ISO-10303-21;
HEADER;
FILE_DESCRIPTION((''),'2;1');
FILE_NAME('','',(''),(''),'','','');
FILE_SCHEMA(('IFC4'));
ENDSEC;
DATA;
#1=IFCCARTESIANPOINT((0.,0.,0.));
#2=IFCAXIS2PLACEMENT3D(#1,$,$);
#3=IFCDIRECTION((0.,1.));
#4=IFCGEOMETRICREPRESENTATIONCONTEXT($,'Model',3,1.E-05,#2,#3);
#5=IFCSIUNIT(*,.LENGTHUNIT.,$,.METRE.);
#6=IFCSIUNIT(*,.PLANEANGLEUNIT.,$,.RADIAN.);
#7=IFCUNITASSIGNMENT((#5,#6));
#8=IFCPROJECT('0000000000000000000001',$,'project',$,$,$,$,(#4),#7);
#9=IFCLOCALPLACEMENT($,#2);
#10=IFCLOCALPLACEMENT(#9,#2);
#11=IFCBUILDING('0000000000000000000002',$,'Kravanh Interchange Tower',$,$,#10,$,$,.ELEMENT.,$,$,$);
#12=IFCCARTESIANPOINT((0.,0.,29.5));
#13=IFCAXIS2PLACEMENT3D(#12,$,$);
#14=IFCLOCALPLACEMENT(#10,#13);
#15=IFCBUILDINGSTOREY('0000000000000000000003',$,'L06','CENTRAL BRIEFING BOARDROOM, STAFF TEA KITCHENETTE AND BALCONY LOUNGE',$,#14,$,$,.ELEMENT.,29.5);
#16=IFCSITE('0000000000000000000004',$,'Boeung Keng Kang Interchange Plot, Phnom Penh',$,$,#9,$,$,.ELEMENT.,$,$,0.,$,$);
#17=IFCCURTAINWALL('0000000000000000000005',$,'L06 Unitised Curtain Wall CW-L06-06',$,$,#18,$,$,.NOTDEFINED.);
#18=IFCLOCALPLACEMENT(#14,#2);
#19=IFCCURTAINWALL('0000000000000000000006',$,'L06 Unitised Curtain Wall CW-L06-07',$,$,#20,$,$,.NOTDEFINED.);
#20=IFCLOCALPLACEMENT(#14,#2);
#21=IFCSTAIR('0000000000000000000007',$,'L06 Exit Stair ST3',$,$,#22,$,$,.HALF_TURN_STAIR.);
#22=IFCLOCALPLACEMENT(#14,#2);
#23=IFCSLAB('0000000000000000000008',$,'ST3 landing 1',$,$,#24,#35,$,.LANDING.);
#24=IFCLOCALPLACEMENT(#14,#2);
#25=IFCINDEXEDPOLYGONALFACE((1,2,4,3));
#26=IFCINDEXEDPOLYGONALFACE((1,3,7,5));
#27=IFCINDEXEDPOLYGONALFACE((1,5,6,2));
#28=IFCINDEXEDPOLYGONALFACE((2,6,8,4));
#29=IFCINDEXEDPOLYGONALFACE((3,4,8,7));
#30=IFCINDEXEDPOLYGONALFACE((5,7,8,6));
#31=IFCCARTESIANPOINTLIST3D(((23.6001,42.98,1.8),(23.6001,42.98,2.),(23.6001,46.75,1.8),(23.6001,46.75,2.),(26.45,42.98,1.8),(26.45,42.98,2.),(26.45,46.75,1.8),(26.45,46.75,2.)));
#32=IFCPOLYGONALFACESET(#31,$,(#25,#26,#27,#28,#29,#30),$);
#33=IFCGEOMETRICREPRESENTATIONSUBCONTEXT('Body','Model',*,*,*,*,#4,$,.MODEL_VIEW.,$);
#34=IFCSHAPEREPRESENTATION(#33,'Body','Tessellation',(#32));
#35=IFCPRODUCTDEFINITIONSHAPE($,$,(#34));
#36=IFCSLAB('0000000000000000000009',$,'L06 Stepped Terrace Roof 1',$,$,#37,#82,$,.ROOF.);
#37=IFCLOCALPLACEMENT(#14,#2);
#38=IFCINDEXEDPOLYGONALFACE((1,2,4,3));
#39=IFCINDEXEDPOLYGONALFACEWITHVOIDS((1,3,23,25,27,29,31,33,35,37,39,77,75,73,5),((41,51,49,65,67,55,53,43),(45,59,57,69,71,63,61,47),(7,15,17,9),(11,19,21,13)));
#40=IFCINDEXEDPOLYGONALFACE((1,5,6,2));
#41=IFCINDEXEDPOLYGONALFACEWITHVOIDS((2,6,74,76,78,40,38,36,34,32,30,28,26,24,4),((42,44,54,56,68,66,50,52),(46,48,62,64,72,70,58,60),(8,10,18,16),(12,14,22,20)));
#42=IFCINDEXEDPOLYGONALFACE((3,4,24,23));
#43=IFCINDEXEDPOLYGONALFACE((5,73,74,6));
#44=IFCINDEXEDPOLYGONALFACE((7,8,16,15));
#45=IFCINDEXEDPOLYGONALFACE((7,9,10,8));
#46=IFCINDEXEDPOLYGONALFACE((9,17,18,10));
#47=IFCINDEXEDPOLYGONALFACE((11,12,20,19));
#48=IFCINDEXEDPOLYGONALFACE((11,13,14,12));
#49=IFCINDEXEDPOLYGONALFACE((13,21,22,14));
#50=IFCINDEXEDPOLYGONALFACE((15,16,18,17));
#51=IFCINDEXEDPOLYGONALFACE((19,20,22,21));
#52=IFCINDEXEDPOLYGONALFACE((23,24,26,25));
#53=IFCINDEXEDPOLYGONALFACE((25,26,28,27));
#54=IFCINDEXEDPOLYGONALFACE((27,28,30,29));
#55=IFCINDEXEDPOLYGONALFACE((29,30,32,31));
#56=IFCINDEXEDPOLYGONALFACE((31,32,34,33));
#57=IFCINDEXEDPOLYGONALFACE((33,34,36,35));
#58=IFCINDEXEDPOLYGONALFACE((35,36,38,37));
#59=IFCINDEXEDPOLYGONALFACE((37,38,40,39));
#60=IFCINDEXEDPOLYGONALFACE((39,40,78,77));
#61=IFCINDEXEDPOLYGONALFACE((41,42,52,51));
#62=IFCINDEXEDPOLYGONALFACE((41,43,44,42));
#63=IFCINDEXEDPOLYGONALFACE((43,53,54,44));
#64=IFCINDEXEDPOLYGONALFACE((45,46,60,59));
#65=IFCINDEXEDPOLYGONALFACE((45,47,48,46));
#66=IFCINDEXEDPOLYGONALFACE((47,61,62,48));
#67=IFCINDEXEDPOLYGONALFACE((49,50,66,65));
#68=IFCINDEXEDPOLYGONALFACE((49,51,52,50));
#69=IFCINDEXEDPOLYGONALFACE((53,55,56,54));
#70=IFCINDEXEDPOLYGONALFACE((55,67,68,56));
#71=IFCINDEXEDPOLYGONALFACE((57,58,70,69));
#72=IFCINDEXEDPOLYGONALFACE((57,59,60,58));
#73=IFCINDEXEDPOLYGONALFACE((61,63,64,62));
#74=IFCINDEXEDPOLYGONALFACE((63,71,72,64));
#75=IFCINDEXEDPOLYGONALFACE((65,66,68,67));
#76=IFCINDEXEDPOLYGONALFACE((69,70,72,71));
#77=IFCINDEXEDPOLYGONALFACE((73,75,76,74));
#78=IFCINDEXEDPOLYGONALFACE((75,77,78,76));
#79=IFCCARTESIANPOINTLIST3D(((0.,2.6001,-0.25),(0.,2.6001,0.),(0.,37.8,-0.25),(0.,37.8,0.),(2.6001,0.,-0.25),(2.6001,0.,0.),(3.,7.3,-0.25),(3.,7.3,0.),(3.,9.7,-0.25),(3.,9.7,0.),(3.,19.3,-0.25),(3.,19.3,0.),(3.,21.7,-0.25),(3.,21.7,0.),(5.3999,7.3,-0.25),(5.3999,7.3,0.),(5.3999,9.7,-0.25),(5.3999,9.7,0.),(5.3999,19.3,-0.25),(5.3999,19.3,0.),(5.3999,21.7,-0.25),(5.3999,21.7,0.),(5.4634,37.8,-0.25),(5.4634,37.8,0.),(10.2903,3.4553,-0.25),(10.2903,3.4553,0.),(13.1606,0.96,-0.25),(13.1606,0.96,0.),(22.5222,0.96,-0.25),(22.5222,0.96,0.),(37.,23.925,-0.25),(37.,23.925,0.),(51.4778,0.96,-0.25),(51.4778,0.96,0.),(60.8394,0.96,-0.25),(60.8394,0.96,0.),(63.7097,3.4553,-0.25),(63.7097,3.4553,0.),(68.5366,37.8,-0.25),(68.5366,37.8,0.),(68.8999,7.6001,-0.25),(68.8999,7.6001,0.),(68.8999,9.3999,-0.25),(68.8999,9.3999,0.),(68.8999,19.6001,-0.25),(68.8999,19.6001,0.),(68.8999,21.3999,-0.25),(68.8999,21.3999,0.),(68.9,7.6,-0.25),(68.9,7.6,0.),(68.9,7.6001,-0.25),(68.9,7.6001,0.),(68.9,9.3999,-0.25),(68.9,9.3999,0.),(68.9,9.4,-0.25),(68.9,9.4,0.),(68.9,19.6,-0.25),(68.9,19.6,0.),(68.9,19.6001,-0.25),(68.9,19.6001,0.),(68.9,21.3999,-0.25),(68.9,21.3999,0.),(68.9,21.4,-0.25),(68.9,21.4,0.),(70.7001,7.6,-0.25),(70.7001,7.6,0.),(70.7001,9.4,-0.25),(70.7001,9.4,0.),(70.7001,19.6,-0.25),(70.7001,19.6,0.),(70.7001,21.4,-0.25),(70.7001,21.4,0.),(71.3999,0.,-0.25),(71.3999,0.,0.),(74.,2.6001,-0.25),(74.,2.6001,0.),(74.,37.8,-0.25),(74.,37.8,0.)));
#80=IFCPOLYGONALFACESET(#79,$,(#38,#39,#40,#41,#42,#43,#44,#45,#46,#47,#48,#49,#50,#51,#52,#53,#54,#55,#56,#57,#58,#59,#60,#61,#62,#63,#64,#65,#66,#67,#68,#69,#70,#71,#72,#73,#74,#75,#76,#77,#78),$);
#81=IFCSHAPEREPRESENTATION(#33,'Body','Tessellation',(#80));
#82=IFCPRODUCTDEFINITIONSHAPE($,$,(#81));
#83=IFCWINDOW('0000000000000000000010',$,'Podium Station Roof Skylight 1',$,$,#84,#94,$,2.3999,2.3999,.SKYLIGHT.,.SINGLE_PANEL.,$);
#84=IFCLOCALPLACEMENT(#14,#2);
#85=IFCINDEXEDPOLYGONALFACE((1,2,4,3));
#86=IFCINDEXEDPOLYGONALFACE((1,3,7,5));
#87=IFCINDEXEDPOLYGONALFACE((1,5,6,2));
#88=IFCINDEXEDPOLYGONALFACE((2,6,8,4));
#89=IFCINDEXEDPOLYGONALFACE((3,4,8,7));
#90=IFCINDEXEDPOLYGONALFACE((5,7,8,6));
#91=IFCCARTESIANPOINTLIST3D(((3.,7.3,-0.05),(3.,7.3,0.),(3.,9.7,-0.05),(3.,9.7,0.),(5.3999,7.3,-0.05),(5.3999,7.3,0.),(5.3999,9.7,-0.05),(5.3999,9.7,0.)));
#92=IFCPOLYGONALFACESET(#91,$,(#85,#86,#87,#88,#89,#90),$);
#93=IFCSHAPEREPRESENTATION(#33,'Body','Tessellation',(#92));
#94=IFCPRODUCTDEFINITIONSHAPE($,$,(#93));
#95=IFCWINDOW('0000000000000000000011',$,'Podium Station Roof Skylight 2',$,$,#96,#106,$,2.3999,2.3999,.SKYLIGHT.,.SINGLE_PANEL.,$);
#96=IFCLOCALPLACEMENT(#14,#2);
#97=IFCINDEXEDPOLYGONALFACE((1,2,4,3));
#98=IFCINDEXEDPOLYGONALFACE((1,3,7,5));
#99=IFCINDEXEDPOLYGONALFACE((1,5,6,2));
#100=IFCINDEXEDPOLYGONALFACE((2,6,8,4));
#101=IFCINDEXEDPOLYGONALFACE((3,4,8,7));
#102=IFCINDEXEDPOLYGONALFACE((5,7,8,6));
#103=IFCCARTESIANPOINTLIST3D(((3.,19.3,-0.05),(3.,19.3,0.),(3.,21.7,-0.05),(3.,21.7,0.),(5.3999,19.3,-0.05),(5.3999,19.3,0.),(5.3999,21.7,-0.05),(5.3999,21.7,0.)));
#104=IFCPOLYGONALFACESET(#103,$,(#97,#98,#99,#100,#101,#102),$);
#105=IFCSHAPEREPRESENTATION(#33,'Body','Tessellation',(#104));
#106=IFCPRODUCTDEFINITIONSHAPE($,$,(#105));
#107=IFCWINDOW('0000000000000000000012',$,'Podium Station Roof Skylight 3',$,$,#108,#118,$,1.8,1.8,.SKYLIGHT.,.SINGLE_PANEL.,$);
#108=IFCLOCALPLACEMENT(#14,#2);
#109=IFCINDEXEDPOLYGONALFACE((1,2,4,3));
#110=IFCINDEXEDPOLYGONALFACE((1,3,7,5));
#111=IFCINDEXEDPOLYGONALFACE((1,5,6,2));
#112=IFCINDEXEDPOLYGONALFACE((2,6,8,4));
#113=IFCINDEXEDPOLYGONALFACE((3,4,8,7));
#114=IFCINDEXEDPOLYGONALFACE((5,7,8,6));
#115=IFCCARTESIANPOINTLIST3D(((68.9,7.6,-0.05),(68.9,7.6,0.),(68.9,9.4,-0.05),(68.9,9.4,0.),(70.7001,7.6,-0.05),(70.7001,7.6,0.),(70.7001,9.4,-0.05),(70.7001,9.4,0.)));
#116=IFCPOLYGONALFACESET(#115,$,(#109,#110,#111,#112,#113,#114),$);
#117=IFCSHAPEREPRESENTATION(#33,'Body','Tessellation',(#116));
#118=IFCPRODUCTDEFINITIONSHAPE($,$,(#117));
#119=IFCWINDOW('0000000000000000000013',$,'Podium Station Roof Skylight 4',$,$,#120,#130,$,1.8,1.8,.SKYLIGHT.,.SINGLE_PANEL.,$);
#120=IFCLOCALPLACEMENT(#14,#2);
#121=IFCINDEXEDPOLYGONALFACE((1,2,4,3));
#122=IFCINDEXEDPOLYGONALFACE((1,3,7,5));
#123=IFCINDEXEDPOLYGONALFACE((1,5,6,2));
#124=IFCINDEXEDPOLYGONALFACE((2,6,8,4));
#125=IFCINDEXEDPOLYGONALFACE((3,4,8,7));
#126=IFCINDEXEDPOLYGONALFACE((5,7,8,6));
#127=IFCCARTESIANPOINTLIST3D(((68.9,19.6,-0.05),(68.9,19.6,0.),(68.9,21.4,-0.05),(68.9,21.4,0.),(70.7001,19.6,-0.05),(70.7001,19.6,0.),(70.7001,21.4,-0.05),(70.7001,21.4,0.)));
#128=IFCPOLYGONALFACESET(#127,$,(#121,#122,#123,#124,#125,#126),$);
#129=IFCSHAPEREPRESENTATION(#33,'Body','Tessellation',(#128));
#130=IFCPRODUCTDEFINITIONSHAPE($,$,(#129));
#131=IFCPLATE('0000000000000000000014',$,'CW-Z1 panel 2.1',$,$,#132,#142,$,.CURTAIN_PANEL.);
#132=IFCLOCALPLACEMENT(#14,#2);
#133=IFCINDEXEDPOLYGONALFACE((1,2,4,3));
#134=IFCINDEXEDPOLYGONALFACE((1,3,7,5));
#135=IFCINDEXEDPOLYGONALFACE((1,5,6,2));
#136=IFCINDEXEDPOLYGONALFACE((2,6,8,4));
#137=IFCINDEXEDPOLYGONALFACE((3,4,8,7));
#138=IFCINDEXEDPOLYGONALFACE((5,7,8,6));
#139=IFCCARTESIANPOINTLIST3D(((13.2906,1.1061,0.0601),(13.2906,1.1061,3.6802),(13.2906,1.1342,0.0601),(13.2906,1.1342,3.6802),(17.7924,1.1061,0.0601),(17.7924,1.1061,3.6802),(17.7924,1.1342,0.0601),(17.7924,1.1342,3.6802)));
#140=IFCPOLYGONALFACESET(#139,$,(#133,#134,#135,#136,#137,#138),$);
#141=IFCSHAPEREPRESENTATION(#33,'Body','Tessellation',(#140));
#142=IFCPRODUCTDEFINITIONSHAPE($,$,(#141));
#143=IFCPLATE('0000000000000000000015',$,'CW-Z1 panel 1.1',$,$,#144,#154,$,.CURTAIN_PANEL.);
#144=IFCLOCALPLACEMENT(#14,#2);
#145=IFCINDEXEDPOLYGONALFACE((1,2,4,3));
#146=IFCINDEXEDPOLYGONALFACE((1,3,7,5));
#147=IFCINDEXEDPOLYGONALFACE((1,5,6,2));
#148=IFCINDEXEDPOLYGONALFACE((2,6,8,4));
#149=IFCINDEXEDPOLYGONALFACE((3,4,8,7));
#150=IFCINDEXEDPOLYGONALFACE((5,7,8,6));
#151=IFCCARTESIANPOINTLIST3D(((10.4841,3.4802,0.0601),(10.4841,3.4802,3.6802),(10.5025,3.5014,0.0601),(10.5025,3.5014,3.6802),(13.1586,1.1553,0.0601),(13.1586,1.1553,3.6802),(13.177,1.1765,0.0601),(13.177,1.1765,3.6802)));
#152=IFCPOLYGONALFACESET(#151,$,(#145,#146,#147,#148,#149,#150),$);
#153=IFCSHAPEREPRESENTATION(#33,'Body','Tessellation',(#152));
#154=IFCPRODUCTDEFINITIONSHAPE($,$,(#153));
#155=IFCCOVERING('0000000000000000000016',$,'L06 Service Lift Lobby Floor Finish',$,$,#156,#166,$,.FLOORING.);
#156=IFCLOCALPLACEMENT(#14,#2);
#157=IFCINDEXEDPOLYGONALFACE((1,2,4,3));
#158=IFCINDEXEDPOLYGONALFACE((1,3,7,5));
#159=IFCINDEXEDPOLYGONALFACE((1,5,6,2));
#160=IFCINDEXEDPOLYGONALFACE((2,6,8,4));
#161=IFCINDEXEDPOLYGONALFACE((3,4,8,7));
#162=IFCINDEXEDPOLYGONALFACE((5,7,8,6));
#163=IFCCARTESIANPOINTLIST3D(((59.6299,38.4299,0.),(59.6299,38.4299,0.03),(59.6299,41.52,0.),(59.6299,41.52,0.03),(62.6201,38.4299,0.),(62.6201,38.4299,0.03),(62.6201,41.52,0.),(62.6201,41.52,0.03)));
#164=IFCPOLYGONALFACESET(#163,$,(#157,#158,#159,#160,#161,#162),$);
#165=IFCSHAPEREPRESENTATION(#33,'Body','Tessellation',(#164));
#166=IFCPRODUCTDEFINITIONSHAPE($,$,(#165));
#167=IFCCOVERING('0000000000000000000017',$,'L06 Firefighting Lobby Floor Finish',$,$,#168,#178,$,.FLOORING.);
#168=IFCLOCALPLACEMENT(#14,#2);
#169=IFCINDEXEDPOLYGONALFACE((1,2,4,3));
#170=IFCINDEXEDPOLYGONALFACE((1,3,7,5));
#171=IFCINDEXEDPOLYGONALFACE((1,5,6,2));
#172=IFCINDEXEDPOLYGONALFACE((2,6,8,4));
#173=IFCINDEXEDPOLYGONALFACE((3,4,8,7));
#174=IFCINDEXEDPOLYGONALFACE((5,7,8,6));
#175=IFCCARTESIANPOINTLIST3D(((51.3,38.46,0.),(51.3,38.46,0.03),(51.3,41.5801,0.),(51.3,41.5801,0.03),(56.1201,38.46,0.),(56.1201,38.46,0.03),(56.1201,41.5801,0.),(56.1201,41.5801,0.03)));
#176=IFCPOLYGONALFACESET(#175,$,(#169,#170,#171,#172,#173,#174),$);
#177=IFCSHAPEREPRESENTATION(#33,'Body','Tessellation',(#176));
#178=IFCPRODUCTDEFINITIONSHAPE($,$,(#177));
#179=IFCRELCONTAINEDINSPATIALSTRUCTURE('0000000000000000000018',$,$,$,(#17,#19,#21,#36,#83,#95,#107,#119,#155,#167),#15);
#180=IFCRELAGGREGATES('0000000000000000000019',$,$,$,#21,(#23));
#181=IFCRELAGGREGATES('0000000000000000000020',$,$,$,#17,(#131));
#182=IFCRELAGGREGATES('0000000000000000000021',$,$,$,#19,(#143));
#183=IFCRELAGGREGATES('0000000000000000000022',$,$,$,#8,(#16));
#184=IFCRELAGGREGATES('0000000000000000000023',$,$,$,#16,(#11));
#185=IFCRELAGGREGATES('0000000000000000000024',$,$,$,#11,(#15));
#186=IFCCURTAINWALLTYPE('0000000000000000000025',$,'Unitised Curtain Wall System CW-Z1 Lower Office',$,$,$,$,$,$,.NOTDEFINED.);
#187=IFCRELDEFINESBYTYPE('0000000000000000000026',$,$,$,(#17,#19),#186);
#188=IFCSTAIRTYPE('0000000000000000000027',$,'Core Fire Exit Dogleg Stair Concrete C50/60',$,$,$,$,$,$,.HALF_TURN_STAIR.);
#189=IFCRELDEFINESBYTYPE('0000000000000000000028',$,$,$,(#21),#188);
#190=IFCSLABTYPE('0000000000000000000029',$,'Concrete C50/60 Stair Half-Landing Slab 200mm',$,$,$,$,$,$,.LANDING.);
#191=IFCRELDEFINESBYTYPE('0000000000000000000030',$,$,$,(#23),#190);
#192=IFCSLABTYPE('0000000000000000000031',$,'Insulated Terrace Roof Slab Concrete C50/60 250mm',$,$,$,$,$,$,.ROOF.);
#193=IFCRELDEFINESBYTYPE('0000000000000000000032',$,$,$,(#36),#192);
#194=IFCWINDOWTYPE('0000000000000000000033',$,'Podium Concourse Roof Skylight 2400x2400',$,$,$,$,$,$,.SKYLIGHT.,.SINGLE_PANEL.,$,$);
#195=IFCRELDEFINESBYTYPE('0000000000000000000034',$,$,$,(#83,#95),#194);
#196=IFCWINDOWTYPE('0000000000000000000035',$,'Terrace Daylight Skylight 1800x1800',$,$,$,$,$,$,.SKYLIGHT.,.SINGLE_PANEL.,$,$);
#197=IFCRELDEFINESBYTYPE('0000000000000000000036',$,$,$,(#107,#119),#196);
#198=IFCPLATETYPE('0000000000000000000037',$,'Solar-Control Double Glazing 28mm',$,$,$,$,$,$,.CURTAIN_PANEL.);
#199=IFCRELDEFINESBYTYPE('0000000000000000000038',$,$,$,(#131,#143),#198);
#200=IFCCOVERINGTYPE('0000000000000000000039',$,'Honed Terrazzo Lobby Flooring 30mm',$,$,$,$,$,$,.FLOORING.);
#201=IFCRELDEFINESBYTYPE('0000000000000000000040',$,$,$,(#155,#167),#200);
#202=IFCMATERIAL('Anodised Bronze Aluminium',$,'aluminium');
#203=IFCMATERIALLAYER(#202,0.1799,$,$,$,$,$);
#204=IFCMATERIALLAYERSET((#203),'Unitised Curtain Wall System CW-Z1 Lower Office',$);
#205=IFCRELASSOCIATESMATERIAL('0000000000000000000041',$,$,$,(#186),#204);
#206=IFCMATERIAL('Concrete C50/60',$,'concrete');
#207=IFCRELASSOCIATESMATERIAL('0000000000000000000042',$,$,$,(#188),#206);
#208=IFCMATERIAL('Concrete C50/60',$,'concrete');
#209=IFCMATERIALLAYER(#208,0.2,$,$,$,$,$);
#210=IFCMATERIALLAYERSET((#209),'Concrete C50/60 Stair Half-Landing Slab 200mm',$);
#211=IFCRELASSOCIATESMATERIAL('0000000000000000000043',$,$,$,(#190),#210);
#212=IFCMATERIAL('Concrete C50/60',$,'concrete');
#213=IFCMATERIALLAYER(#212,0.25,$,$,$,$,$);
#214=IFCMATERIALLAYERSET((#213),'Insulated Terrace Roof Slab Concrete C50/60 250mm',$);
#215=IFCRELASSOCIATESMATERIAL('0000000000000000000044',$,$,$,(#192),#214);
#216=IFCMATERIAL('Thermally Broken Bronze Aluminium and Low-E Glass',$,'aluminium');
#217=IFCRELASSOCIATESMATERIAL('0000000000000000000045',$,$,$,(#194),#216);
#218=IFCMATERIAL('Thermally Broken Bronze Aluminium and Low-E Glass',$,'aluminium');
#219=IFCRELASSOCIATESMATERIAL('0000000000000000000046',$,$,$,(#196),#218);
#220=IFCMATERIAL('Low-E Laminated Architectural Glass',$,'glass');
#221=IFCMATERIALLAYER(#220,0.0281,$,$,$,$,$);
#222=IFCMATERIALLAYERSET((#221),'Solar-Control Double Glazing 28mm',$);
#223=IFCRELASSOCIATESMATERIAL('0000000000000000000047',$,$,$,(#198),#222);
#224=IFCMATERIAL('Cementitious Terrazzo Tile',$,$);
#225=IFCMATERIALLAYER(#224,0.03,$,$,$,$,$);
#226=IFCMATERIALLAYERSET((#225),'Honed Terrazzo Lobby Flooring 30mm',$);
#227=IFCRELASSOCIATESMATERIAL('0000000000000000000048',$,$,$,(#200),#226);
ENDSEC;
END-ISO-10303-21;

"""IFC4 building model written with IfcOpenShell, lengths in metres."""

from ifc_helpers import new_model, si_unit, direction, frame, origin, origin_2d, place, context, subcontext, project, spatial, polyline, rectangle, outline, extrude, material, layer, layer_set, type_object, element, fill, aggregate, save


model = new_model("IFC4")

# Units and contexts
model_context = context("Model", 3, precision=1e-05, world=origin(), true_north=direction((0.0, 1.0)))
body_context = subcontext(model_context, "Body", "Model", "MODEL_VIEW")
ifc_project = project(units=[si_unit("LENGTHUNIT", "METRE"), si_unit("PLANEANGLEUNIT", "RADIAN")], contexts=[model_context])

# Site, building, storey
site_placement = place(None, origin())
site = spatial("IfcSite", under=ifc_project, at=site_placement, Name="Boeung Keng Kang Interchange Plot, Phnom Penh", CompositionType="ELEMENT", RefElevation=0.0)
building_placement = place(site_placement, origin())
building = spatial("IfcBuilding", under=site, at=building_placement, Name="Kravanh Interchange Tower", CompositionType="ELEMENT")
storey_placement = place(building_placement, frame((0.0, 0.0, 29.5)))
storey = spatial("IfcBuildingStorey", under=building, at=storey_placement, Name="L06", Description="CENTRAL BRIEFING BOARDROOM, STAFF TEA KITCHENETTE AND BALCONY LOUNGE", CompositionType="ELEMENT", Elevation=29.5)

# Curtain wall
ifc_material_1 = material(Name="Anodised Bronze Aluminium", Category="aluminium")
ifc_layer_1 = layer(ifc_material_1, 0.1799)
ifc_layer_set_1 = layer_set([ifc_layer_1], Name="Unitised Curtain Wall System CW-Z1 Lower Office")
curtain_wall_type = type_object("IfcCurtainWallType", Name="Unitised Curtain Wall System CW-Z1 Lower Office", PredefinedType="NOTDEFINED", material=ifc_layer_set_1)
curtain_wall_1_placement = place(storey_placement, origin())
curtain_wall_1 = element("IfcCurtainWall", 1, at=curtain_wall_1_placement, inside=storey, type_object=curtain_wall_type, Name="L06 Unitised Curtain Wall CW-L06-06", PredefinedType="NOTDEFINED")

# Curtain wall
curtain_wall_2_placement = place(storey_placement, origin())
curtain_wall_2 = element("IfcCurtainWall", 2, at=curtain_wall_2_placement, inside=storey, type_object=curtain_wall_type, Name="L06 Unitised Curtain Wall CW-L06-07", PredefinedType="NOTDEFINED")

# Stair, slab
ifc_material_2 = material(Name="Concrete C50/60", Category="concrete")
stair_type = type_object("IfcStairType", Name="Core Fire Exit Dogleg Stair Concrete C50/60", PredefinedType="HALF_TURN_STAIR", material=ifc_material_2)
ifc_material_3 = material(Name="Concrete C50/60", Category="concrete")
ifc_layer_2 = layer(ifc_material_3, 0.2)
ifc_layer_set_2 = layer_set([ifc_layer_2], Name="Concrete C50/60 Stair Half-Landing Slab 200mm")
slab_type_1 = type_object("IfcSlabType", Name="Concrete C50/60 Stair Half-Landing Slab 200mm", PredefinedType="LANDING", material=ifc_layer_set_2)
stair_1_placement = place(storey_placement, origin())
stair_1 = element("IfcStair", 3, at=stair_1_placement, inside=storey, type_object=stair_type, Name="L06 Exit Stair ST3", PredefinedType="HALF_TURN_STAIR")
slab_1_placement = place(storey_placement, frame((0.0, 0.0, 1.8)))
slab_1 = element("IfcSlab", 4, at=slab_1_placement, type_object=slab_type_1, Name="ST3 landing 1", PredefinedType="LANDING", context=body_context, shape_type="SweptSolid", body=[
    extrude(outline(polyline([(26.45, 42.98), (26.45, 46.75), (23.6001, 46.75), (23.6001, 42.98), (26.45, 42.98)])), origin(), (0.0, 0.0, 1.0), 0.2),
])
aggregate(stair_1, [slab_1])

# Slab, openings, windows
ifc_material_4 = material(Name="Concrete C50/60", Category="concrete")
ifc_layer_3 = layer(ifc_material_4, 0.25)
ifc_layer_set_3 = layer_set([ifc_layer_3], Name="Insulated Terrace Roof Slab Concrete C50/60 250mm")
slab_type_2 = type_object("IfcSlabType", Name="Insulated Terrace Roof Slab Concrete C50/60 250mm", PredefinedType="ROOF", material=ifc_layer_set_3)
slab_2_placement = place(storey_placement, frame((0.0, 0.0, -0.25)))
slab_2 = element("IfcSlab", 5, at=slab_2_placement, inside=storey, type_object=slab_type_2, Name="L06 Stepped Terrace Roof 1", PredefinedType="ROOF", context=body_context, shape_type="SweptSolid", body=[
    extrude(outline(polyline([(74.0, 2.6001), (71.3999, 0.0), (2.6001, 0.0), (0.0, 2.6001), (0.0, 37.8), (5.4634, 37.8), (10.2903, 3.4553), (13.1606, 0.96), (22.5222, 0.96), (37.0, 23.925), (51.4778, 0.96), (60.8394, 0.96), (63.7097, 3.4553), (68.5366, 37.8), (74.0, 37.8), (74.0, 2.6001)]), holes=[polyline([(3.0, 7.3), (5.3999, 7.3), (5.3999, 9.7), (3.0, 9.7), (3.0, 7.3)]), polyline([(3.0, 19.3), (5.3999, 19.3), (5.3999, 21.7), (3.0, 21.7), (3.0, 19.3)]), polyline([(68.8999, 7.6001), (70.7, 7.6001), (70.7, 9.3999), (68.8999, 9.3999), (68.8999, 7.6001)]), polyline([(68.8999, 19.6001), (70.7, 19.6001), (70.7, 21.3999), (68.8999, 21.3999), (68.8999, 19.6001)])]), origin(), (0.0, 0.0, 1.0), 0.25),
])
opening_1_placement = place(slab_2_placement, frame((4.2, 8.5, 0.0)))
opening_1 = element("IfcOpeningElement", 6, at=opening_1_placement, cuts=slab_2, PredefinedType="OPENING", context=body_context, shape_type="SweptSolid", body=[
    extrude(rectangle(XDim=2.3999, YDim=2.3999, at=origin_2d()), origin(), (0.0, 0.0, 1.0), 0.25),
])
opening_2_placement = place(slab_2_placement, frame((4.2, 20.5, 0.0)))
opening_2 = element("IfcOpeningElement", 7, at=opening_2_placement, cuts=slab_2, PredefinedType="OPENING", context=body_context, shape_type="SweptSolid", body=[
    extrude(rectangle(XDim=2.3999, YDim=2.3999, at=origin_2d()), origin(), (0.0, 0.0, 1.0), 0.25),
])
opening_3_placement = place(slab_2_placement, frame((69.8, 8.5, 0.0)))
opening_3 = element("IfcOpeningElement", 8, at=opening_3_placement, cuts=slab_2, PredefinedType="OPENING", context=body_context, shape_type="SweptSolid", body=[
    extrude(rectangle(XDim=1.8, YDim=1.8, at=origin_2d()), origin(), (0.0, 0.0, 1.0), 0.25),
])
opening_4_placement = place(slab_2_placement, frame((69.8, 20.5, 0.0)))
opening_4 = element("IfcOpeningElement", 9, at=opening_4_placement, cuts=slab_2, PredefinedType="OPENING", context=body_context, shape_type="SweptSolid", body=[
    extrude(rectangle(XDim=1.8, YDim=1.8, at=origin_2d()), origin(), (0.0, 0.0, 1.0), 0.25),
])
ifc_material_5 = material(Name="Thermally Broken Bronze Aluminium and Low-E Glass", Category="aluminium")
window_type_1 = type_object("IfcWindowType", Name="Podium Concourse Roof Skylight 2400x2400", PartitioningType="SINGLE_PANEL", PredefinedType="SKYLIGHT", material=ifc_material_5)
window_1_placement = place(opening_1_placement, frame((0.0, 0.0, 0.2)))
window_1 = element("IfcWindow", 10, at=window_1_placement, inside=storey, type_object=window_type_1, Name="Podium Station Roof Skylight 1", OverallHeight=2.3999, OverallWidth=2.3999, PartitioningType="SINGLE_PANEL", PredefinedType="SKYLIGHT", context=body_context, shape_type="SweptSolid", body=[
    extrude(rectangle(XDim=2.3999, YDim=2.3999, at=origin_2d()), origin(), (0.0, 0.0, 1.0), 0.05),
])
fill(opening_1, window_1)
window_2_placement = place(opening_2_placement, frame((0.0, 0.0, 0.2)))
window_2 = element("IfcWindow", 11, at=window_2_placement, inside=storey, type_object=window_type_1, Name="Podium Station Roof Skylight 2", OverallHeight=2.3999, OverallWidth=2.3999, PartitioningType="SINGLE_PANEL", PredefinedType="SKYLIGHT", context=body_context, shape_type="SweptSolid", body=[
    extrude(rectangle(XDim=2.3999, YDim=2.3999, at=origin_2d()), origin(), (0.0, 0.0, 1.0), 0.05),
])
fill(opening_2, window_2)
ifc_material_6 = material(Name="Thermally Broken Bronze Aluminium and Low-E Glass", Category="aluminium")
window_type_2 = type_object("IfcWindowType", Name="Terrace Daylight Skylight 1800x1800", PartitioningType="SINGLE_PANEL", PredefinedType="SKYLIGHT", material=ifc_material_6)
window_3_placement = place(opening_3_placement, frame((0.0, 0.0, 0.2)))
window_3 = element("IfcWindow", 12, at=window_3_placement, inside=storey, type_object=window_type_2, Name="Podium Station Roof Skylight 3", OverallHeight=1.8, OverallWidth=1.8, PartitioningType="SINGLE_PANEL", PredefinedType="SKYLIGHT", context=body_context, shape_type="SweptSolid", body=[
    extrude(rectangle(XDim=1.8, YDim=1.8, at=origin_2d()), origin(), (0.0, 0.0, 1.0), 0.05),
])
fill(opening_3, window_3)
window_4_placement = place(opening_4_placement, frame((0.0, 0.0, 0.2)))
window_4 = element("IfcWindow", 13, at=window_4_placement, inside=storey, type_object=window_type_2, Name="Podium Station Roof Skylight 4", OverallHeight=1.8, OverallWidth=1.8, PartitioningType="SINGLE_PANEL", PredefinedType="SKYLIGHT", context=body_context, shape_type="SweptSolid", body=[
    extrude(rectangle(XDim=1.8, YDim=1.8, at=origin_2d()), origin(), (0.0, 0.0, 1.0), 0.05),
])
fill(opening_4, window_4)

# Plates
ifc_material_7 = material(Name="Low-E Laminated Architectural Glass", Category="glass")
ifc_layer_4 = layer(ifc_material_7, 0.0281)
ifc_layer_set_4 = layer_set([ifc_layer_4], Name="Solar-Control Double Glazing 28mm")
plate_type = type_object("IfcPlateType", Name="Solar-Control Double Glazing 28mm", PredefinedType="CURTAIN_PANEL", material=ifc_layer_set_4)
plate_1_placement = place(storey_placement, frame((15.5415, 1.1201, 0.0601), z_axis=(0.0, 0.0, 1.0), x_axis=(-1.0, 0.0, 0.0)))
plate_1 = element("IfcPlate", 14, at=plate_1_placement, type_object=plate_type, Name="CW-Z1 panel 2.1", PredefinedType="CURTAIN_PANEL", context=body_context, shape_type="SweptSolid", body=[
    extrude(rectangle(XDim=4.5017, YDim=0.0281, at=origin_2d()), origin(), (0.0, 0.0, 1.0), 3.6201),
])
aggregate(curtain_wall_1, [plate_1])
plate_2_placement = place(storey_placement, frame((11.8306, 2.3284, 0.0601), z_axis=(0.0, 0.0, 1.0), x_axis=(-0.754708, 0.65606, 0.0)))
plate_2 = element("IfcPlate", 15, at=plate_2_placement, type_object=plate_type, Name="CW-Z1 panel 1.1", PredefinedType="CURTAIN_PANEL", context=body_context, shape_type="SweptSolid", body=[
    extrude(rectangle(XDim=3.5437, YDim=0.0281, at=origin_2d()), origin(), (0.0, 0.0, 1.0), 3.6201),
])
aggregate(curtain_wall_2, [plate_2])

# Coverings
ifc_material_8 = material(Name="Cementitious Terrazzo Tile")
ifc_layer_5 = layer(ifc_material_8, 0.03)
ifc_layer_set_5 = layer_set([ifc_layer_5], Name="Honed Terrazzo Lobby Flooring 30mm")
covering_type_1 = type_object("IfcCoveringType", Name="Honed Terrazzo Lobby Flooring 30mm", PredefinedType="FLOORING", material=ifc_layer_set_5)
covering_1_placement = place(storey_placement, origin())
element("IfcCovering", 16, at=covering_1_placement, inside=storey, type_object=covering_type_1, Name="L06 Service Lift Lobby Floor Finish", PredefinedType="FLOORING", context=body_context, shape_type="SweptSolid", body=[
    extrude(outline(polyline([(59.6299, 41.52), (62.6201, 41.52), (62.6201, 38.4299), (59.6299, 38.4299), (59.6299, 41.52)])), origin(), (0.0, 0.0, 1.0), 0.03),
])
covering_2_placement = place(storey_placement, origin())
element("IfcCovering", 17, at=covering_2_placement, inside=storey, type_object=covering_type_1, Name="L06 Firefighting Lobby Floor Finish", PredefinedType="FLOORING", context=body_context, shape_type="SweptSolid", body=[
    extrude(outline(polyline([(56.1201, 38.46), (51.3, 38.46), (51.3, 41.5801), (56.1201, 41.5801), (56.1201, 38.46)])), origin(), (0.0, 0.0, 1.0), 0.03),
])

save(model, "model.ifc")
